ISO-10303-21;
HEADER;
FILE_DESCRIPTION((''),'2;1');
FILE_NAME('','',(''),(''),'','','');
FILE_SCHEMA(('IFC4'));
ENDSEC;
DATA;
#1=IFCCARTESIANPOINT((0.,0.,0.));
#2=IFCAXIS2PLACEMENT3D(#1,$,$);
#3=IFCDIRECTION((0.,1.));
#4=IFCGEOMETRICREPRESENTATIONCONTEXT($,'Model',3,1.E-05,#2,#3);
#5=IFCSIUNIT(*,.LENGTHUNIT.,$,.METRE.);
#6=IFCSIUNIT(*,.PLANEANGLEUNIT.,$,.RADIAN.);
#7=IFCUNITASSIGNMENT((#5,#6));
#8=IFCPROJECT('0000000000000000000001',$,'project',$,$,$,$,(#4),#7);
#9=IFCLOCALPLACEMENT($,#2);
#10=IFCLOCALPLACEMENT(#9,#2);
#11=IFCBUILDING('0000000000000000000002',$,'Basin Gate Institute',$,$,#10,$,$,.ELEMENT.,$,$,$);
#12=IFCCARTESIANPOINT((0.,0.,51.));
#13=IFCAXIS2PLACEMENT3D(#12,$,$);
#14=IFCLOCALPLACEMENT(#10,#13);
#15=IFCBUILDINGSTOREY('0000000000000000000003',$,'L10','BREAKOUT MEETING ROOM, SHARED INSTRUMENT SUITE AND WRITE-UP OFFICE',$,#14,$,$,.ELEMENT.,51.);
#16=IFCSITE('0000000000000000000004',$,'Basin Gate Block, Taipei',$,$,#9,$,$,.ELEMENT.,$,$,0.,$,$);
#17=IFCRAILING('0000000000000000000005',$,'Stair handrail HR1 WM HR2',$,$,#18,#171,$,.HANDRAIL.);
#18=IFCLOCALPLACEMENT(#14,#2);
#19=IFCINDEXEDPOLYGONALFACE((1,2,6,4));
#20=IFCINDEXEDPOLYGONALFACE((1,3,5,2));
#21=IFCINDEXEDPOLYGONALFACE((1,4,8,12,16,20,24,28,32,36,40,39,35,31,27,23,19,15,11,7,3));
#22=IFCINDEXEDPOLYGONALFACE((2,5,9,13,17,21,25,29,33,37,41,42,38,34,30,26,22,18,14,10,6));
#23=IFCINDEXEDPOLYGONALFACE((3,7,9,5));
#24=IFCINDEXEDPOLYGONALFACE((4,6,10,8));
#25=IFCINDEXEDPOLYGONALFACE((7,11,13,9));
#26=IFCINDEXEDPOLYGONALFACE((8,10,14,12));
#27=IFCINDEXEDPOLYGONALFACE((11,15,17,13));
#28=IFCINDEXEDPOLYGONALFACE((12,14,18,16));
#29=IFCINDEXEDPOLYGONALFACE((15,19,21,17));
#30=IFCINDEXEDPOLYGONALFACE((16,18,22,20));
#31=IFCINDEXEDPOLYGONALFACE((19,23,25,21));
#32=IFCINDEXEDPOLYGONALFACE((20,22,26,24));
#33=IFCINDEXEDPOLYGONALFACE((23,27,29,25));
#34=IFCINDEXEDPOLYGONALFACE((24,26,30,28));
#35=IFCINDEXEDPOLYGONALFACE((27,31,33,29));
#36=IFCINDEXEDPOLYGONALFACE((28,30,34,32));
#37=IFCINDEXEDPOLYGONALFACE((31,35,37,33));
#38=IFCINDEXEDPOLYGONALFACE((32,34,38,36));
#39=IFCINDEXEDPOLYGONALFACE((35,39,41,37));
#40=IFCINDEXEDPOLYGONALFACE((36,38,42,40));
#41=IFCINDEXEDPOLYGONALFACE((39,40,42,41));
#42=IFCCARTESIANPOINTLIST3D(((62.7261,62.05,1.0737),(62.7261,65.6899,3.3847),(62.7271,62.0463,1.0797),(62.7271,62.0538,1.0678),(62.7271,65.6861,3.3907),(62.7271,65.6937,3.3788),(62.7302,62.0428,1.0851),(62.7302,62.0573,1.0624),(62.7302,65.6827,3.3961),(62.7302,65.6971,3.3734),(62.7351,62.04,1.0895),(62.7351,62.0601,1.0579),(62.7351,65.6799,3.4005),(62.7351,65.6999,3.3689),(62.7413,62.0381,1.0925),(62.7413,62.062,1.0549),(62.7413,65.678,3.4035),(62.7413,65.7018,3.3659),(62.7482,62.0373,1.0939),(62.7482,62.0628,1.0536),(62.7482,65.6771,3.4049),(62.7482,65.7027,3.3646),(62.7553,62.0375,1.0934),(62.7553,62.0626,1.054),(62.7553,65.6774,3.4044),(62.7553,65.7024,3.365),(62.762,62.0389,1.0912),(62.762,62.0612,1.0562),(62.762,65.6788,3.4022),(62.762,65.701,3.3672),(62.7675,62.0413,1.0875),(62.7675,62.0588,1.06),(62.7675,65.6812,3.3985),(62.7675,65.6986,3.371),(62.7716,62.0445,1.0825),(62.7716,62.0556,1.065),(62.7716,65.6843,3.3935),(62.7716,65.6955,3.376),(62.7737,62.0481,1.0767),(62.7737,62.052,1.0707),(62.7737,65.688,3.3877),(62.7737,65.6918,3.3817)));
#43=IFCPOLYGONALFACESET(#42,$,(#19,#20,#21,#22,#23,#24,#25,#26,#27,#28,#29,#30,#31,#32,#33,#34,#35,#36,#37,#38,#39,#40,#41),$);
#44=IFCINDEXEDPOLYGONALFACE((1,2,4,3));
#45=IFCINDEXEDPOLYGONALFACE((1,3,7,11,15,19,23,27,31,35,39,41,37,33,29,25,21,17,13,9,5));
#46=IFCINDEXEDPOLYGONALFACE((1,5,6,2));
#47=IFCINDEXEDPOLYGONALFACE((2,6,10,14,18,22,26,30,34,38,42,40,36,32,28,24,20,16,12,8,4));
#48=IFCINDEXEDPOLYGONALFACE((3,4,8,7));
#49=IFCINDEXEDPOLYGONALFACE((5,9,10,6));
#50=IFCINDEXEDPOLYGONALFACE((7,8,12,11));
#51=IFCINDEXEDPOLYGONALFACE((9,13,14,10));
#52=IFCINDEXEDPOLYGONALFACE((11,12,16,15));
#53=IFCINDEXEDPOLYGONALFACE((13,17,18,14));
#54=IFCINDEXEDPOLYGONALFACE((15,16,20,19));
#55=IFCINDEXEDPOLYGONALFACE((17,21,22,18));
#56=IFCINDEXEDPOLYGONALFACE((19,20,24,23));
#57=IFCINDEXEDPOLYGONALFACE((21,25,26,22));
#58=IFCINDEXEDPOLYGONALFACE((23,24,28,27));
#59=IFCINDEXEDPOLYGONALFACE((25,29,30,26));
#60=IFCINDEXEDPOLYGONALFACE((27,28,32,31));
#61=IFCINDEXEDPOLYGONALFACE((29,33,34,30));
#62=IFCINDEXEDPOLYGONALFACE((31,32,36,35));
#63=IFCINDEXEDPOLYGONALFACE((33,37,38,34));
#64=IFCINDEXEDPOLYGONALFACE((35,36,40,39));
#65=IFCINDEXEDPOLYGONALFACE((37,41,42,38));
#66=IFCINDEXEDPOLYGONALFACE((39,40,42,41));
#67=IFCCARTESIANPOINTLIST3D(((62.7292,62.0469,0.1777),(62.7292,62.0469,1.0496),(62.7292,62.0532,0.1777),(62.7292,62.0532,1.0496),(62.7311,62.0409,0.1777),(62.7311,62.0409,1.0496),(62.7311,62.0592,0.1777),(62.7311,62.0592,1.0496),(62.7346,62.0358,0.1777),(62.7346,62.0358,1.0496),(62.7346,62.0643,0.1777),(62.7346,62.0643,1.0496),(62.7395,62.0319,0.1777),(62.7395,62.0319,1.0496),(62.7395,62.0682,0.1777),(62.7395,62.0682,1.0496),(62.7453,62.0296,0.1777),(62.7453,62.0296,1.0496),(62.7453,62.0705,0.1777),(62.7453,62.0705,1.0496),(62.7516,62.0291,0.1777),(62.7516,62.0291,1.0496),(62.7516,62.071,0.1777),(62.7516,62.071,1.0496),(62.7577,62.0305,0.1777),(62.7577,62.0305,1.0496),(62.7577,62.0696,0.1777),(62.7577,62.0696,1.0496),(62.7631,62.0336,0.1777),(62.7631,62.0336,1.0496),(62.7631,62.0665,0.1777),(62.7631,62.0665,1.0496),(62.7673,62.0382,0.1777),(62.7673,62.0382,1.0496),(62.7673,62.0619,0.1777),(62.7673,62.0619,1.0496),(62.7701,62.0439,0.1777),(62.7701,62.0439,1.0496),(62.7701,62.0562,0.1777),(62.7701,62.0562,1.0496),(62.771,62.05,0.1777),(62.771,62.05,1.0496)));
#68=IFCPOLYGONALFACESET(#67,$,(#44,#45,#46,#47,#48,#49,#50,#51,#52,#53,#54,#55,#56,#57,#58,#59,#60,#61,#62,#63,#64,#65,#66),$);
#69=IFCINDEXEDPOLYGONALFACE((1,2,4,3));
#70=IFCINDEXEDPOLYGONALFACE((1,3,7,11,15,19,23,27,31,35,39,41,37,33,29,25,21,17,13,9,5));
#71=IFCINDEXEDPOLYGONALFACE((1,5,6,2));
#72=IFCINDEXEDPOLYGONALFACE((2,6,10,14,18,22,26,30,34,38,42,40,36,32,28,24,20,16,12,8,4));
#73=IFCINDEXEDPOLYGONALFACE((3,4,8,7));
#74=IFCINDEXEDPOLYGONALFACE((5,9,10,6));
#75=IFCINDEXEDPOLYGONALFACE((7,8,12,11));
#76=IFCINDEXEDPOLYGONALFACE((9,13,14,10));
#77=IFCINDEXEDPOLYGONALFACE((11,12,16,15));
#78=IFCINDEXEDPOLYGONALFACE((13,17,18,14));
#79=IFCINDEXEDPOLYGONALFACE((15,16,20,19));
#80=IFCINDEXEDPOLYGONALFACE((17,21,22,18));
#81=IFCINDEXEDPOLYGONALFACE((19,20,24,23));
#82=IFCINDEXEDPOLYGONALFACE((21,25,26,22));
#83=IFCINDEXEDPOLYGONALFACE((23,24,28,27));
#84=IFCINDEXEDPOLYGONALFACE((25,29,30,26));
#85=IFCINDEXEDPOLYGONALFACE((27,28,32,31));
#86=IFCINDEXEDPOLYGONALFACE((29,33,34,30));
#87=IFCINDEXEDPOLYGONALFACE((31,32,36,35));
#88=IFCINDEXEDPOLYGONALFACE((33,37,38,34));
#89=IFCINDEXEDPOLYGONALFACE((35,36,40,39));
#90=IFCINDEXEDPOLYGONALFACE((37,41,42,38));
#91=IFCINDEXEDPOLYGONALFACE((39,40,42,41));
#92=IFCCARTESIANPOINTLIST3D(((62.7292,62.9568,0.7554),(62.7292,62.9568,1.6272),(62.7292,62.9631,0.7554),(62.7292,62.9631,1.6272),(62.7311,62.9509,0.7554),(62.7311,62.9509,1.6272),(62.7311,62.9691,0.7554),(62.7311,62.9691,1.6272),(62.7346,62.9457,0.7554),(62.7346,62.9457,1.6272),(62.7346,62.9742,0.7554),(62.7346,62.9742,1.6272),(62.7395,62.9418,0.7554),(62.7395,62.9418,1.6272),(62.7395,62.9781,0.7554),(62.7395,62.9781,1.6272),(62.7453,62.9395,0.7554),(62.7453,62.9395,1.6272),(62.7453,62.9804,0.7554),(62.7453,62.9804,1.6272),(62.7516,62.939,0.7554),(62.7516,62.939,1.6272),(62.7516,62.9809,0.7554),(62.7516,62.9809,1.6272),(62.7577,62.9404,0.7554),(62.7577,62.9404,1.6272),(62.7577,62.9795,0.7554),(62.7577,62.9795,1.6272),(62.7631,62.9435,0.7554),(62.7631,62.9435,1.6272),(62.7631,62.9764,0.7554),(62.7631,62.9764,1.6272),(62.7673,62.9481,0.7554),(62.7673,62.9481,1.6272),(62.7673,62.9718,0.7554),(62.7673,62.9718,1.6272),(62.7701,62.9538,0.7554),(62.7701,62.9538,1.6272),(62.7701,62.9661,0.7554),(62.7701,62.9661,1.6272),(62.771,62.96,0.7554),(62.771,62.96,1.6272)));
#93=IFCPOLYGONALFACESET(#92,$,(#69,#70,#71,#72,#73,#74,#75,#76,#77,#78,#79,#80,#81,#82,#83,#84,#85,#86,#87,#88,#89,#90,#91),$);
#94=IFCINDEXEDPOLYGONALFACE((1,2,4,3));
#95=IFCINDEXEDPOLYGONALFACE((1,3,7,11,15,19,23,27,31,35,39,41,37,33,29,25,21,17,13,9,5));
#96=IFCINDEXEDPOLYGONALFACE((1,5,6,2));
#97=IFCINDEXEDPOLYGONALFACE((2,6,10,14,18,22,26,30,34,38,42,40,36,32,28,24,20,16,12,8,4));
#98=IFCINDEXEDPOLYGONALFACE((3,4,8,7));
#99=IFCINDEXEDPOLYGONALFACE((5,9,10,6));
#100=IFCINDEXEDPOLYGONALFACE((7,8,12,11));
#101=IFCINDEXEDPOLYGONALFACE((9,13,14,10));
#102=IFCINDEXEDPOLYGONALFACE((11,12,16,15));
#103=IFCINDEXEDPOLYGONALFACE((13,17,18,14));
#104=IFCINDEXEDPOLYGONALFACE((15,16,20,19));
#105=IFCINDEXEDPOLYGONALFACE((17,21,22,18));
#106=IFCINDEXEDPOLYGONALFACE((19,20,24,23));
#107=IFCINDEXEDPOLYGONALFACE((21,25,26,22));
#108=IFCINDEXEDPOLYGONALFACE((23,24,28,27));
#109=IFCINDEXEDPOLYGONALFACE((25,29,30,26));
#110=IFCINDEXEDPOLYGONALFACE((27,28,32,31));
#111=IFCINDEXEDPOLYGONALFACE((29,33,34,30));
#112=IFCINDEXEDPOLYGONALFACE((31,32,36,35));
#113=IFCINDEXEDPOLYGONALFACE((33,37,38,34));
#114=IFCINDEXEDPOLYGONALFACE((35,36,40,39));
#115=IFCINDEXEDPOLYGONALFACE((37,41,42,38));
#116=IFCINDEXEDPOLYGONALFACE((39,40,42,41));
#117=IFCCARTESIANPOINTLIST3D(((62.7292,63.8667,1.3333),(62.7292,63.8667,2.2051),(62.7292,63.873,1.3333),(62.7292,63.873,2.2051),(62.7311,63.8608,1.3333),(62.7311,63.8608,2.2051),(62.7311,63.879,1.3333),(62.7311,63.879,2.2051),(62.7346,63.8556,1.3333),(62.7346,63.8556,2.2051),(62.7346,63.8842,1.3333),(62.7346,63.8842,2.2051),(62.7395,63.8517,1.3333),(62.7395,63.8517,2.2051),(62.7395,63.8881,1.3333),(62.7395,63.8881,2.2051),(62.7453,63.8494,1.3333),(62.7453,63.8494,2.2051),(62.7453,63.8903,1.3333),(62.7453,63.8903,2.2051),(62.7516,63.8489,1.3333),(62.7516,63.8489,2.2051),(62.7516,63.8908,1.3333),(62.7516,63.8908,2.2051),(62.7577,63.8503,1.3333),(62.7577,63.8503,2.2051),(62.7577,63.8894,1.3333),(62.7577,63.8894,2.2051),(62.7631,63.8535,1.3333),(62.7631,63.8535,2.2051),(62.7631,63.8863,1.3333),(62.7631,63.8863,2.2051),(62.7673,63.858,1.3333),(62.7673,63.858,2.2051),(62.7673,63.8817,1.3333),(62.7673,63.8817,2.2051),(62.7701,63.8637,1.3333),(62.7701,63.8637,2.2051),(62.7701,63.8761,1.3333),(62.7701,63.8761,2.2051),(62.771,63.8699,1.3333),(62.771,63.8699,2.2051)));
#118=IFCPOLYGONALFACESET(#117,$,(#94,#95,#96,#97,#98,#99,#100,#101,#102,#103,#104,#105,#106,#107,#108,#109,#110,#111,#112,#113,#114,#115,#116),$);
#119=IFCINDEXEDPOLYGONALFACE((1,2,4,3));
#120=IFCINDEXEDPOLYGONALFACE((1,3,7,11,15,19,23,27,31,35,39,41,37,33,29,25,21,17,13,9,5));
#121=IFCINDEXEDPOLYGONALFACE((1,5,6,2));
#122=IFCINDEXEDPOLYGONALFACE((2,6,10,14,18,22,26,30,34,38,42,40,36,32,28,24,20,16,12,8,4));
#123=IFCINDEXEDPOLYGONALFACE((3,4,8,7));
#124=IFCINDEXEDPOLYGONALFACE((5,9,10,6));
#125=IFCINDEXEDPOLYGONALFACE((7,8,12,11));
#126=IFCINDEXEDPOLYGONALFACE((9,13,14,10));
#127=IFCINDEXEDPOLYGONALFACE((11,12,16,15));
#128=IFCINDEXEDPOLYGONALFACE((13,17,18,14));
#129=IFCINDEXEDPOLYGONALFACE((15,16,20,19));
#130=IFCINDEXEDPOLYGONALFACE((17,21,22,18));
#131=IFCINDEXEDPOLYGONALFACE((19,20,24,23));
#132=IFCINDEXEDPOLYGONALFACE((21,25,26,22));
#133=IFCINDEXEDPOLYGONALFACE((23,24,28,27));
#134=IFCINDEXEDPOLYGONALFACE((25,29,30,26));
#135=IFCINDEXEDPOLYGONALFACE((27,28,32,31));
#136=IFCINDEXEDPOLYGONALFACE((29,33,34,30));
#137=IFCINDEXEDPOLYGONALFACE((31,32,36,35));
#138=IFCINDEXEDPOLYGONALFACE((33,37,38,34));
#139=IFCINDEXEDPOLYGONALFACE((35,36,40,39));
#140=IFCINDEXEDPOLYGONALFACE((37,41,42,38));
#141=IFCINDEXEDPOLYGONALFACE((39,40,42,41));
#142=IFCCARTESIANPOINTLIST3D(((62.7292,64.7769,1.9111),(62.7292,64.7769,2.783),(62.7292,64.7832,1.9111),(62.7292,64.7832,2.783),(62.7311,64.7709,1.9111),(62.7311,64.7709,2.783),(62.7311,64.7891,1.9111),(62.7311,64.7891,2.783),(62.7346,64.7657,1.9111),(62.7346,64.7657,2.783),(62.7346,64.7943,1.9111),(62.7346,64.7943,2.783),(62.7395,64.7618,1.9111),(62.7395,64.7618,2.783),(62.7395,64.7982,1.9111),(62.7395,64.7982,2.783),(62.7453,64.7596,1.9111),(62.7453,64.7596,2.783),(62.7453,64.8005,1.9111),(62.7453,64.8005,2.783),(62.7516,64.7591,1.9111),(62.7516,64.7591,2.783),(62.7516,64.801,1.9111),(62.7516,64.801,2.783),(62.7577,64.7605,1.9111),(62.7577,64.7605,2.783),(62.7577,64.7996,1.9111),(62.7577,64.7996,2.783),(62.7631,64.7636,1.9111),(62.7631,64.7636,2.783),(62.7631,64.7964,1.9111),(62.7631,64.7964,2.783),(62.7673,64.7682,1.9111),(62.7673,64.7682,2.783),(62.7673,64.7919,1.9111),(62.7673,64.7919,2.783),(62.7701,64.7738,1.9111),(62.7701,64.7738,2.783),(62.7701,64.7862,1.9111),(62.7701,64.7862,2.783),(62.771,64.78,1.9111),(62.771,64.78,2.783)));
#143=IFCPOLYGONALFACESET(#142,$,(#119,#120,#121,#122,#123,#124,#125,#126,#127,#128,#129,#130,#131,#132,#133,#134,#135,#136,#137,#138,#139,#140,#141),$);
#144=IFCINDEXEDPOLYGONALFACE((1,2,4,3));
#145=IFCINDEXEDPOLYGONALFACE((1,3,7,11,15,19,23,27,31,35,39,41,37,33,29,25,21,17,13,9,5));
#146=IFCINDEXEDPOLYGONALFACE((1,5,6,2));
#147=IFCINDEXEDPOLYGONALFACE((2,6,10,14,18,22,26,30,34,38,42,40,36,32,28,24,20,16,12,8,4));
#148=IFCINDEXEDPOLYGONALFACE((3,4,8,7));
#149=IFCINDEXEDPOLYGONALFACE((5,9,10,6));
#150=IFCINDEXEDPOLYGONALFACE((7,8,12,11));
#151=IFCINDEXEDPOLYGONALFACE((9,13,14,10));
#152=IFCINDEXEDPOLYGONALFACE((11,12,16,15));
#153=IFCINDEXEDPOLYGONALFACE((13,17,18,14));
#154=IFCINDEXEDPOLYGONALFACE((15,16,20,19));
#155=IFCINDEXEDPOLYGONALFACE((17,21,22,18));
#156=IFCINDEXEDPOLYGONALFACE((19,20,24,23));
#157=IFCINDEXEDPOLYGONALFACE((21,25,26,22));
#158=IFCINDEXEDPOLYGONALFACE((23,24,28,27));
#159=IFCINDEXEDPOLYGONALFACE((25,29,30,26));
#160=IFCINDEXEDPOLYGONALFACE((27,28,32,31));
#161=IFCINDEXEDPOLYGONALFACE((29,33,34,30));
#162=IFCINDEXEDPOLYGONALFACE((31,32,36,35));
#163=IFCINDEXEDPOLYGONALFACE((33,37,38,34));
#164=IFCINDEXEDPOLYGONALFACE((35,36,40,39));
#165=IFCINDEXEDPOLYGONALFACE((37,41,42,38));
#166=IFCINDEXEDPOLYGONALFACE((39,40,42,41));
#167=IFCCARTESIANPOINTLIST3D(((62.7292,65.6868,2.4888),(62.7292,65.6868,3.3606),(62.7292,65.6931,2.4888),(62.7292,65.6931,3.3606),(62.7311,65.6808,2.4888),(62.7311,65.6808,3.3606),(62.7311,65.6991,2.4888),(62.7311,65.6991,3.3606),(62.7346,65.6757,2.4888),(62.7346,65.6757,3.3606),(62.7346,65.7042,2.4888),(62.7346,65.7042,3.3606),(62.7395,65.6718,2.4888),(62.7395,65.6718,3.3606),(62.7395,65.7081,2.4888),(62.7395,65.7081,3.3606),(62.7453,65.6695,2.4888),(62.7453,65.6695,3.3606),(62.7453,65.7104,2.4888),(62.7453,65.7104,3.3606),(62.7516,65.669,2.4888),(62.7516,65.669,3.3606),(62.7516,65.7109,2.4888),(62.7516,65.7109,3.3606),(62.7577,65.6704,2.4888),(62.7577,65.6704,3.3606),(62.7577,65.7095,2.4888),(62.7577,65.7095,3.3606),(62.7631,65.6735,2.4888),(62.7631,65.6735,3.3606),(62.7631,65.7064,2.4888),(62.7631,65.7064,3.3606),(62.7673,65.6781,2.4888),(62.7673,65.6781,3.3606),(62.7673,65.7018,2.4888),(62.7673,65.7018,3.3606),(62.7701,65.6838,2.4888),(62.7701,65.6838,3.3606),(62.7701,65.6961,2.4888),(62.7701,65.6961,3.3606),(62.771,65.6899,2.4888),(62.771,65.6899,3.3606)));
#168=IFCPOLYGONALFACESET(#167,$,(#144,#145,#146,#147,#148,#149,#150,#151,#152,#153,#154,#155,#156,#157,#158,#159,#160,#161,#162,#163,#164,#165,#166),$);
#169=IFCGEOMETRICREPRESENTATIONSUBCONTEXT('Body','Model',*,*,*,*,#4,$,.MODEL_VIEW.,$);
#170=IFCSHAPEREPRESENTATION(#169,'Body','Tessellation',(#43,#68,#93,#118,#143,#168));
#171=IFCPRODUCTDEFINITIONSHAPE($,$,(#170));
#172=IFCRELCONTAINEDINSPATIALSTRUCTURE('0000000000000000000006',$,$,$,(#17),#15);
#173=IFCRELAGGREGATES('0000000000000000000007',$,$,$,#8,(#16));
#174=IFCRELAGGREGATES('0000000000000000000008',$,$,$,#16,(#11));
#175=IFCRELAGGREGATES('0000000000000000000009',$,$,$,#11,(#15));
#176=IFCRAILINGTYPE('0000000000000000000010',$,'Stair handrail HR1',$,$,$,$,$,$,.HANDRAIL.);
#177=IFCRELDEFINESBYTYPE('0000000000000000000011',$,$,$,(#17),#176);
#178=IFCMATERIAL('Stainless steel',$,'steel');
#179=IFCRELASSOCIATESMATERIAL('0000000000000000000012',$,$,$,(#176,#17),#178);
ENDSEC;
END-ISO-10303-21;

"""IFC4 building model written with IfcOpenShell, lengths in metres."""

from ifc_helpers import new_model, si_unit, direction, frame, origin, origin_2d, place, context, subcontext, project, spatial, circle, extrude, material, type_object, element, save


model = new_model("IFC4")

# Units and contexts
model_context = context("Model", 3, precision=1e-05, world=origin(), true_north=direction((0.0, 1.0)))
body_context = subcontext(model_context, "Body", "Model", "MODEL_VIEW")
ifc_project = project(units=[si_unit("LENGTHUNIT", "METRE"), si_unit("PLANEANGLEUNIT", "RADIAN")], contexts=[model_context])

# Site, building, storey
site_placement = place(None, origin())
site = spatial("IfcSite", under=ifc_project, at=site_placement, Name="Basin Gate Block, Taipei", CompositionType="ELEMENT", RefElevation=0.0)
building_placement = place(site_placement, origin())
building = spatial("IfcBuilding", under=site, at=building_placement, Name="Basin Gate Institute", CompositionType="ELEMENT")
storey_placement = place(building_placement, frame((0.0, 0.0, 51.0)))
storey = spatial("IfcBuildingStorey", under=building, at=storey_placement, Name="L10", Description="BREAKOUT MEETING ROOM, SHARED INSTRUMENT SUITE AND WRITE-UP OFFICE", CompositionType="ELEMENT", Elevation=51.0)

# Railing
ifc_material_1 = material(Name="Stainless steel", Category="steel")
railing_type_1 = type_object("IfcRailingType", Name="Stair handrail HR1", PredefinedType="HANDRAIL", material=ifc_material_1)
for number, where, name in (
    (1, (62.75, 62.05, 0.1777), "Stair handrail HR1 WM HR2"),
):
    element("IfcRailing", number, at=place(storey_placement, frame(where)), inside=storey, type_object=railing_type_1, material=ifc_material_1, Name=name, PredefinedType="HANDRAIL", context=body_context, shape_type="SweptSolid", body=[
        extrude(circle(Radius=0.0239, at=origin_2d()), frame((0.0, 0.0, 0.896), z_axis=(0.0, 0.844214, 0.536007), x_axis=(-1.0, 0.0, 0.0)), (0.0, 0.0, 1.0), 4.3115),
        extrude(circle(Radius=0.021, at=origin_2d()), origin(), (0.0, 0.0, 1.0), 0.8718),
        extrude(circle(Radius=0.021, at=origin_2d()), frame((0.0, 0.9099, 0.5776)), (0.0, 0.0, 1.0), 0.8718),
        extrude(circle(Radius=0.021, at=origin_2d()), frame((0.0, 1.8198, 1.1555)), (0.0, 0.0, 1.0), 0.8718),
        extrude(circle(Radius=0.021, at=origin_2d()), frame((0.0, 2.73, 1.7334)), (0.0, 0.0, 1.0), 0.8718),
        extrude(circle(Radius=0.021, at=origin_2d()), frame((0.0, 3.6399, 2.311)), (0.0, 0.0, 1.0), 0.8718),
    ])

save(model, "model.ifc")
